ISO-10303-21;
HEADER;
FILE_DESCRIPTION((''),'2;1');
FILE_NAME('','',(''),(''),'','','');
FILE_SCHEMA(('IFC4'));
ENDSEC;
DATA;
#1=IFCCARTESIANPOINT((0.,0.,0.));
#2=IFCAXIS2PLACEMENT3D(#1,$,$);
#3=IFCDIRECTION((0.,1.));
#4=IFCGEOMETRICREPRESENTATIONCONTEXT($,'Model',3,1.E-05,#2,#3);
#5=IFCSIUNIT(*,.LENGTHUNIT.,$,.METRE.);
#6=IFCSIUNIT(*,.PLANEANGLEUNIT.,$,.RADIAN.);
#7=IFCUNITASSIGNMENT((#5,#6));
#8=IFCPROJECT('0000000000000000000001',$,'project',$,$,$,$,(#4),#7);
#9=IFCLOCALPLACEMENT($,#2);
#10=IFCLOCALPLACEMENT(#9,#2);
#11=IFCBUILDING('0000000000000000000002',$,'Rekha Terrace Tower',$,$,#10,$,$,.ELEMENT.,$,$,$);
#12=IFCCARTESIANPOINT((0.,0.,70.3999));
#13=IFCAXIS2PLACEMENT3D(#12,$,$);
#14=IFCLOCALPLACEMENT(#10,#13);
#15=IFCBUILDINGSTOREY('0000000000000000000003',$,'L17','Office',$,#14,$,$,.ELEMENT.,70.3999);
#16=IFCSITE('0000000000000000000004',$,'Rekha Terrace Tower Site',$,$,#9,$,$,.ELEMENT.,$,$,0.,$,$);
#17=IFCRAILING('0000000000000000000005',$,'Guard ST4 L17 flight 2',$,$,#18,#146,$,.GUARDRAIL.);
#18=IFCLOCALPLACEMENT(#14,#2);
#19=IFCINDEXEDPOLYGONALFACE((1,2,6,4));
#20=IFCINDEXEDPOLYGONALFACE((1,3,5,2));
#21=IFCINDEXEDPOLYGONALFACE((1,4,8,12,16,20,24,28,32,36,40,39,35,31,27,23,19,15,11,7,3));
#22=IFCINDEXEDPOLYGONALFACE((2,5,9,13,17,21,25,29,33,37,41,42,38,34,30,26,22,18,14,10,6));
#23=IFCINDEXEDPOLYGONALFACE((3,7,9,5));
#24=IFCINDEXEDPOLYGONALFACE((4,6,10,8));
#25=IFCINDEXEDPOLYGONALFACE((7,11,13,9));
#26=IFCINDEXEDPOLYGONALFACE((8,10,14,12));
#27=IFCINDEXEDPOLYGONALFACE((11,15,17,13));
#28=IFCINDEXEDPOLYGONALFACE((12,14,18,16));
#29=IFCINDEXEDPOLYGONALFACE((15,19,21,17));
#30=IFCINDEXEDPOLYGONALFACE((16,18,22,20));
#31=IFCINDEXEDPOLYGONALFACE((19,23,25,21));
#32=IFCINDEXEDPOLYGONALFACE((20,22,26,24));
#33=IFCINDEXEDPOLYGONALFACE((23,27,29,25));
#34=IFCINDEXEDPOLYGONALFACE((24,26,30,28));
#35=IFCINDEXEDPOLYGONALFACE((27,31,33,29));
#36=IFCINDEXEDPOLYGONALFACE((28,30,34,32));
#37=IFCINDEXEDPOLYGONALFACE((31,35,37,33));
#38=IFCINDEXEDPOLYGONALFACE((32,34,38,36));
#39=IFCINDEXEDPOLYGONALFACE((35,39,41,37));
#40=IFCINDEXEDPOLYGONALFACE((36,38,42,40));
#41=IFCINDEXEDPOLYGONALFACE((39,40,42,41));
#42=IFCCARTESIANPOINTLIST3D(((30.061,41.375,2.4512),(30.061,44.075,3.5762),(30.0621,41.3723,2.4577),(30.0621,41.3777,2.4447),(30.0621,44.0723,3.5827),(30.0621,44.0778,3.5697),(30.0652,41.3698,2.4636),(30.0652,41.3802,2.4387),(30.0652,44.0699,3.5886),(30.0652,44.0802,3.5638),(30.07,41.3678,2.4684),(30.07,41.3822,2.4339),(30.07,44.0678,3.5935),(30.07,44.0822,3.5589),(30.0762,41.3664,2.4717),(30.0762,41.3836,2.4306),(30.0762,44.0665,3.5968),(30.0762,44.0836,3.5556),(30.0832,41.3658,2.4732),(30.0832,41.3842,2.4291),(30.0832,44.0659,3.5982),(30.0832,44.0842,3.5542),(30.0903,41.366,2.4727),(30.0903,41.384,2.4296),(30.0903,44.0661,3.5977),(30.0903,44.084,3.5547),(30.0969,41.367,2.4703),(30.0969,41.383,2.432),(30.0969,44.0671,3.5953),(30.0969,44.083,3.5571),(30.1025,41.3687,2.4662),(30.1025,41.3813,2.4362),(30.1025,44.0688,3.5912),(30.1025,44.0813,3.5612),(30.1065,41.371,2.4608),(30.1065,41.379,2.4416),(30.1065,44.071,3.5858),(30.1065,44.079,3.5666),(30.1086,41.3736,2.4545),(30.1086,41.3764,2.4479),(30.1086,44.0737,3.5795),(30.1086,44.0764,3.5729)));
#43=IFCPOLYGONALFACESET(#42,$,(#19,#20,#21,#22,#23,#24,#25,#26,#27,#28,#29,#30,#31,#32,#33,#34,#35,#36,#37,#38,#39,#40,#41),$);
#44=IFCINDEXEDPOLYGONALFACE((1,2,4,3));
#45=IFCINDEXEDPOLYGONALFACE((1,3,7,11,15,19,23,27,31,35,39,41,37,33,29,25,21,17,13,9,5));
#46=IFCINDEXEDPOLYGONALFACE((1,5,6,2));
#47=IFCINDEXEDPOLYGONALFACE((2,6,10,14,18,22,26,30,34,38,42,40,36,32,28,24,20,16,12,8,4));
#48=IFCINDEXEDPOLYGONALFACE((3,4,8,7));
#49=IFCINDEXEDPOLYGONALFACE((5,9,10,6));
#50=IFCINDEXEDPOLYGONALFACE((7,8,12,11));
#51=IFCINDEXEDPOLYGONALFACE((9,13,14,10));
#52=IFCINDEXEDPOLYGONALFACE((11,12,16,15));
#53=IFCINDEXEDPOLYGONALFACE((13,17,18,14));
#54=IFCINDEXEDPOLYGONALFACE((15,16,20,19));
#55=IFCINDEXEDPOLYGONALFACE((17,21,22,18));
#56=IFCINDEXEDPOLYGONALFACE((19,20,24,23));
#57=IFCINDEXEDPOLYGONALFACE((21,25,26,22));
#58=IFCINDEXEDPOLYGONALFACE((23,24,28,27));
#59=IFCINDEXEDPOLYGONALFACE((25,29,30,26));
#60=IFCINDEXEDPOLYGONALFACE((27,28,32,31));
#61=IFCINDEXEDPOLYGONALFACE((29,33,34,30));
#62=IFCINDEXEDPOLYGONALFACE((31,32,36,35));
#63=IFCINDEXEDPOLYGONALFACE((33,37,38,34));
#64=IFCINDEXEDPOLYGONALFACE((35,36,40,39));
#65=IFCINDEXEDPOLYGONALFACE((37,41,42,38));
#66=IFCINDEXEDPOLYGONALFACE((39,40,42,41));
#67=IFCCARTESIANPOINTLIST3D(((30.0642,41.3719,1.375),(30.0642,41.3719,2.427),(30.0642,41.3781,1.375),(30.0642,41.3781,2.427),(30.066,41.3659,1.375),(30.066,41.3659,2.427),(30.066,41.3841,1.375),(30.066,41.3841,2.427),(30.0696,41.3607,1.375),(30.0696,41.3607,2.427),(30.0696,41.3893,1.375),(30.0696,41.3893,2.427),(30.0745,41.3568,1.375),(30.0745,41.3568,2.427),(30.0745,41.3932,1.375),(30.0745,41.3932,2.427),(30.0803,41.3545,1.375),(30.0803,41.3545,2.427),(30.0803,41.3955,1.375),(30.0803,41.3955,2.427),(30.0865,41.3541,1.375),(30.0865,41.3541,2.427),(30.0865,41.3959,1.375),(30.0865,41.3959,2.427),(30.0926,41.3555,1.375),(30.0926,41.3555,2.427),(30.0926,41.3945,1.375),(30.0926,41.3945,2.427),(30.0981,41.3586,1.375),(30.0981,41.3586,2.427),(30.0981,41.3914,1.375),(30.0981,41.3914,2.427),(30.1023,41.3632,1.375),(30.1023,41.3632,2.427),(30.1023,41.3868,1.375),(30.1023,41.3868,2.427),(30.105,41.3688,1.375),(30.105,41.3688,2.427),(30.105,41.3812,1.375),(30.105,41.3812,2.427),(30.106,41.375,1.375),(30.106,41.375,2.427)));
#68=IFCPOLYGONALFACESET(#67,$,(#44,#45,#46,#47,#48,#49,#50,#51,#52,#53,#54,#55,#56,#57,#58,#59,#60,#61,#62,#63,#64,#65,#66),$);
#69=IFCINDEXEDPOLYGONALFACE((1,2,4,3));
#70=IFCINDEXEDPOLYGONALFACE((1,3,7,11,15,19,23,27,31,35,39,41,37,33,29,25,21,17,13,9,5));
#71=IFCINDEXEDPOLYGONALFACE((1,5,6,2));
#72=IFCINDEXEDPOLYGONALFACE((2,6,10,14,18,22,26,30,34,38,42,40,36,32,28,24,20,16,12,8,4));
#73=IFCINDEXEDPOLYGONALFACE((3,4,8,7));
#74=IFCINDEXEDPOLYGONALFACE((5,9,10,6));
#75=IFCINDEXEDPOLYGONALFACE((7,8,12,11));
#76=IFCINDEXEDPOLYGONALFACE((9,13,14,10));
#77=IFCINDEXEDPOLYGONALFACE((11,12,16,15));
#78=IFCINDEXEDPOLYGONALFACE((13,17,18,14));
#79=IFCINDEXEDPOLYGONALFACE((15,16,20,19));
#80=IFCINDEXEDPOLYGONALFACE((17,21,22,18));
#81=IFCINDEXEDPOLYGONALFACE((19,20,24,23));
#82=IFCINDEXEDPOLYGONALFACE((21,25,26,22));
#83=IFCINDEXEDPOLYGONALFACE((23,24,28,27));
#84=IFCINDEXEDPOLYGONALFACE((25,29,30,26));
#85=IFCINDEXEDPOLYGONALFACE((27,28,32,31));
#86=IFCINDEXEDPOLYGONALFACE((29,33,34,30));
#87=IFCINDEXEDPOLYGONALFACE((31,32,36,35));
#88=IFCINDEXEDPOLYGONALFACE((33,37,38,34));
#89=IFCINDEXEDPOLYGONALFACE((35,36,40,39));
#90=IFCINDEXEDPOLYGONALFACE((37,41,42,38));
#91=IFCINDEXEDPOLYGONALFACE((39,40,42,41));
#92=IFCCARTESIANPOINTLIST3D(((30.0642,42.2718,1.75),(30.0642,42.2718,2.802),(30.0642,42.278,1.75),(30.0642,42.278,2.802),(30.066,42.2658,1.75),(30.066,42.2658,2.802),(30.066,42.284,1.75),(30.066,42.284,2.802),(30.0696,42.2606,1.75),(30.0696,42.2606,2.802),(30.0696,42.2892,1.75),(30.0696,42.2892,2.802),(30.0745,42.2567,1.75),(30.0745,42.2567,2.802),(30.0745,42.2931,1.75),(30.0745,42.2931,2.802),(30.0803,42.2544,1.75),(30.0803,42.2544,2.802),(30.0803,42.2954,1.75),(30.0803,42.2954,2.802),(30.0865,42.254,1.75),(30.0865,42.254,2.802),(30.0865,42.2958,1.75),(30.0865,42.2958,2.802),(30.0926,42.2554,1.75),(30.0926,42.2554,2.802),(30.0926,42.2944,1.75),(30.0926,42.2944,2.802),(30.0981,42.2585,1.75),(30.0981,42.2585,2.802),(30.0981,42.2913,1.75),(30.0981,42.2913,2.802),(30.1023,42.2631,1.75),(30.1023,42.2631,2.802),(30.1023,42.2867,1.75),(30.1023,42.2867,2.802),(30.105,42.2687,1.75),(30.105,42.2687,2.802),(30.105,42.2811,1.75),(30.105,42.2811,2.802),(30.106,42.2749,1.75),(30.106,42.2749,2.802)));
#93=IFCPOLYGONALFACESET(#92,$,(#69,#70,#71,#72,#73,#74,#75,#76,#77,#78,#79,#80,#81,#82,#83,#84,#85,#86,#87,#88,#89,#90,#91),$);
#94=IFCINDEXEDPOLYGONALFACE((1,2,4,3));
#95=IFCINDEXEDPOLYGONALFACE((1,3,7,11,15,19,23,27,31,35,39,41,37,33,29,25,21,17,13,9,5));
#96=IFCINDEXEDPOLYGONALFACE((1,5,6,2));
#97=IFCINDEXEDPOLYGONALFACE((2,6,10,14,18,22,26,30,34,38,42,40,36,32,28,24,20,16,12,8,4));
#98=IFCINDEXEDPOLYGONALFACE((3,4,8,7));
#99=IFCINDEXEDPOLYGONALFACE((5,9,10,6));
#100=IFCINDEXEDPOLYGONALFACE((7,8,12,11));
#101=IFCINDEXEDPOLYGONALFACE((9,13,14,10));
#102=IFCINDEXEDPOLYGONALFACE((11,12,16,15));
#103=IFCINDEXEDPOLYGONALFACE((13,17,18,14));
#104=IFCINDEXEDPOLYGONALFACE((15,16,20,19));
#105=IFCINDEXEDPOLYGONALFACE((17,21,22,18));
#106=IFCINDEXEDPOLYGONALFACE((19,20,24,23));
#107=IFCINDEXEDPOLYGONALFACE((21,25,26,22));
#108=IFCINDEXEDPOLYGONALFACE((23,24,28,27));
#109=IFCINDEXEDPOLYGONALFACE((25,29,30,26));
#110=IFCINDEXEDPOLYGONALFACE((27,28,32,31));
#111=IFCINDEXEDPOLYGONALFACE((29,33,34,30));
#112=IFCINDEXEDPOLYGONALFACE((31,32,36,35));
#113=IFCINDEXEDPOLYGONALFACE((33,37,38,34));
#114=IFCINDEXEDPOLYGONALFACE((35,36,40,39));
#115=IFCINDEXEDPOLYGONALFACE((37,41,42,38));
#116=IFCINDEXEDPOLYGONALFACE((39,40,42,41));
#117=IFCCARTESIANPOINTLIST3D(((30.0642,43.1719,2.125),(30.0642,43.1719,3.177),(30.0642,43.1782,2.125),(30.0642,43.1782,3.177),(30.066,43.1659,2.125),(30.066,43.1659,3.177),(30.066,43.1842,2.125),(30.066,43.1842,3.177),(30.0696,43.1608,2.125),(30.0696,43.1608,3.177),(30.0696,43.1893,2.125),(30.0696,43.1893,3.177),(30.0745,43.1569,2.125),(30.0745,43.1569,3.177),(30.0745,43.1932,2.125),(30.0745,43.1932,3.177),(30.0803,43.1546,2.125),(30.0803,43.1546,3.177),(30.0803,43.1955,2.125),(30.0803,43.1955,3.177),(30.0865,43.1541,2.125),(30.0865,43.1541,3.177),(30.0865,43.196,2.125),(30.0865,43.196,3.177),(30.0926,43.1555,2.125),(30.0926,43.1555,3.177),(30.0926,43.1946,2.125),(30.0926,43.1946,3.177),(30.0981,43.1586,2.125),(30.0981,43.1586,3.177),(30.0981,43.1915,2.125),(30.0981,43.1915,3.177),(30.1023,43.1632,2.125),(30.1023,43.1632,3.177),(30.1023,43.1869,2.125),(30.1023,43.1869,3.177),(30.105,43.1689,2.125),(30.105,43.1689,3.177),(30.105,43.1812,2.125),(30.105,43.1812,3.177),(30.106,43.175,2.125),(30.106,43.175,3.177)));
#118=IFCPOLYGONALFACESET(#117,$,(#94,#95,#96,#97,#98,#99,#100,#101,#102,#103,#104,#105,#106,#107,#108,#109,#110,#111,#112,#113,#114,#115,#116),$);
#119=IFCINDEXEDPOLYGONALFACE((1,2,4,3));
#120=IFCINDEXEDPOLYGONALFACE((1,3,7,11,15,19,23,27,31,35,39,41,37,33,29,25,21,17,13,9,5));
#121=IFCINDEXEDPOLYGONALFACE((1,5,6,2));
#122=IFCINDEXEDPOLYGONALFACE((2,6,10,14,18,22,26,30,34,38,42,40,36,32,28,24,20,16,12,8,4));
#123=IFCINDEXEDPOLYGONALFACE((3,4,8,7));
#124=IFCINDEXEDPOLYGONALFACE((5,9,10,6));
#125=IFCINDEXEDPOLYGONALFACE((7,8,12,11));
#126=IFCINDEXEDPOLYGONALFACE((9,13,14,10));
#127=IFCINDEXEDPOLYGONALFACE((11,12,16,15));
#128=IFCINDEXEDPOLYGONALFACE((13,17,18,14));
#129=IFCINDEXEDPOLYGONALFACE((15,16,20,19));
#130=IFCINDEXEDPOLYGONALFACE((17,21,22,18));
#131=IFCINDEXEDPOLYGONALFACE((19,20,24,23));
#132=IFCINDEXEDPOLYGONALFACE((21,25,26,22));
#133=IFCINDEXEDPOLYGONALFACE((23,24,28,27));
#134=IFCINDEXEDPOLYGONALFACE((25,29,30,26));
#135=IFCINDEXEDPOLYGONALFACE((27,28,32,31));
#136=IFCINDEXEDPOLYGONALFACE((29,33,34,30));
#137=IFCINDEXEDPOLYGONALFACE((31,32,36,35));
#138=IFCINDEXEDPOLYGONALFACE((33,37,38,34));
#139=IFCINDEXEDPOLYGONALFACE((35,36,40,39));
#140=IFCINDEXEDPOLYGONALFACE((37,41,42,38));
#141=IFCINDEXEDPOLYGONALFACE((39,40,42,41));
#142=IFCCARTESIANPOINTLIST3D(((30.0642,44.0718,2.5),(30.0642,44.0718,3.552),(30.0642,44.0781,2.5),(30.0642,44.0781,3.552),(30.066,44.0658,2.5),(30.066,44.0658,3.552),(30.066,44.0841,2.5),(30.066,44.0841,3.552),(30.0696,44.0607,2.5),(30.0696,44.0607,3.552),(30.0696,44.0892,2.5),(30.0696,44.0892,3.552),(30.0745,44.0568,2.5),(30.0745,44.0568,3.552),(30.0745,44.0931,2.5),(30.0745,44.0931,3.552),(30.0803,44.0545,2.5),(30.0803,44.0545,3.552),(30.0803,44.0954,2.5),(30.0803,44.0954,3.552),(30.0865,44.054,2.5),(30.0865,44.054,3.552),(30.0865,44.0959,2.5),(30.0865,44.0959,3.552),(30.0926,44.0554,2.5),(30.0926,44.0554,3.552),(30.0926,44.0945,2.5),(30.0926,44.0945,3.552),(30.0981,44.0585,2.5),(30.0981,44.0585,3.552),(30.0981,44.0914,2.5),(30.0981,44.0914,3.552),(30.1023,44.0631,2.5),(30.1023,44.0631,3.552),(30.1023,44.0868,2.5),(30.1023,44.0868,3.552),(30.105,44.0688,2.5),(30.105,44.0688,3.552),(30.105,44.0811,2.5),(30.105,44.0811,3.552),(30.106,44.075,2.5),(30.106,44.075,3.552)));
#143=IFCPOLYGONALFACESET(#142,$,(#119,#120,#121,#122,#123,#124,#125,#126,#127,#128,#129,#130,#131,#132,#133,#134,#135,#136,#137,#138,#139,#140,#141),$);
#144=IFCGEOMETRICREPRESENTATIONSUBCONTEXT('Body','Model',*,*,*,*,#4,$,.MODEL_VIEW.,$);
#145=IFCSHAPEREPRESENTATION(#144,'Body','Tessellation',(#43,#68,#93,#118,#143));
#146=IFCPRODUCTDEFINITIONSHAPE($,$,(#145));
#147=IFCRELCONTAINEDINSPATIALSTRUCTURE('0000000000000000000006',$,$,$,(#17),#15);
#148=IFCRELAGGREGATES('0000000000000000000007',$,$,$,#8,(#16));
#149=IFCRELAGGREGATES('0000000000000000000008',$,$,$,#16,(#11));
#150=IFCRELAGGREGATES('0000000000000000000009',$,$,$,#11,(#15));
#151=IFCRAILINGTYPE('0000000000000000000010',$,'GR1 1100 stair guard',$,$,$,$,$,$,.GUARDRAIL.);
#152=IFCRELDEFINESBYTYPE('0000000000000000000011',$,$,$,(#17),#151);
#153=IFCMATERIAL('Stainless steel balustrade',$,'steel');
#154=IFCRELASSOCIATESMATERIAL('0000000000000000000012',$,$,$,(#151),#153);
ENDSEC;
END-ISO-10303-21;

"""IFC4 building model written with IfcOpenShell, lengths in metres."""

from ifc_helpers import new_model, si_unit, direction, frame, origin, origin_2d, place, context, subcontext, project, spatial, circle, extrude, material, type_object, element, save


model = new_model("IFC4")

# Units and contexts
model_context = context("Model", 3, precision=1e-05, world=origin(), true_north=direction((0.0, 1.0)))
body_context = subcontext(model_context, "Body", "Model", "MODEL_VIEW")
ifc_project = project(units=[si_unit("LENGTHUNIT", "METRE"), si_unit("PLANEANGLEUNIT", "RADIAN")], contexts=[model_context])

# Site, building, storey
site_placement = place(None, origin())
site = spatial("IfcSite", under=ifc_project, at=site_placement, Name="Rekha Terrace Tower Site", CompositionType="ELEMENT", RefElevation=0.0)
building_placement = place(site_placement, origin())
building = spatial("IfcBuilding", under=site, at=building_placement, Name="Rekha Terrace Tower", CompositionType="ELEMENT")
storey_placement = place(building_placement, frame((0.0, 0.0, 70.3999)))
storey = spatial("IfcBuildingStorey", under=building, at=storey_placement, Name="L17", Description="Office", CompositionType="ELEMENT", Elevation=70.3999)

# Railing
ifc_material_1 = material(Name="Stainless steel balustrade", Category="steel")
railing_type_1 = type_object("IfcRailingType", Name="GR1 1100 stair guard", PredefinedType="GUARDRAIL", material=ifc_material_1)
railing_1_placement = place(storey_placement, frame((30.085, 41.375, 1.375)))
element("IfcRailing", 1, at=railing_1_placement, inside=storey, type_object=railing_type_1, Name="Guard ST4 L17 flight 2", PredefinedType="GUARDRAIL", context=body_context, shape_type="SweptSolid", body=[
    extrude(circle(Radius=0.0239, at=origin_2d()), frame((0.0, 0.0, 1.0762), z_axis=(0.0, 0.923074, 0.384621), x_axis=(-1.0, 0.0, 0.0)), (0.0, 0.0, 1.0), 2.925),
    extrude(circle(Radius=0.021, at=origin_2d()), origin(), (0.0, 0.0, 1.0), 1.052),
    extrude(circle(Radius=0.021, at=origin_2d()), frame((0.0, 0.8999, 0.375)), (0.0, 0.0, 1.0), 1.052),
    extrude(circle(Radius=0.021, at=origin_2d()), frame((0.0, 1.8, 0.75)), (0.0, 0.0, 1.0), 1.052),
    extrude(circle(Radius=0.021, at=origin_2d()), frame((0.0, 2.7, 1.125)), (0.0, 0.0, 1.0), 1.052),
])

save(model, "model.ifc")
